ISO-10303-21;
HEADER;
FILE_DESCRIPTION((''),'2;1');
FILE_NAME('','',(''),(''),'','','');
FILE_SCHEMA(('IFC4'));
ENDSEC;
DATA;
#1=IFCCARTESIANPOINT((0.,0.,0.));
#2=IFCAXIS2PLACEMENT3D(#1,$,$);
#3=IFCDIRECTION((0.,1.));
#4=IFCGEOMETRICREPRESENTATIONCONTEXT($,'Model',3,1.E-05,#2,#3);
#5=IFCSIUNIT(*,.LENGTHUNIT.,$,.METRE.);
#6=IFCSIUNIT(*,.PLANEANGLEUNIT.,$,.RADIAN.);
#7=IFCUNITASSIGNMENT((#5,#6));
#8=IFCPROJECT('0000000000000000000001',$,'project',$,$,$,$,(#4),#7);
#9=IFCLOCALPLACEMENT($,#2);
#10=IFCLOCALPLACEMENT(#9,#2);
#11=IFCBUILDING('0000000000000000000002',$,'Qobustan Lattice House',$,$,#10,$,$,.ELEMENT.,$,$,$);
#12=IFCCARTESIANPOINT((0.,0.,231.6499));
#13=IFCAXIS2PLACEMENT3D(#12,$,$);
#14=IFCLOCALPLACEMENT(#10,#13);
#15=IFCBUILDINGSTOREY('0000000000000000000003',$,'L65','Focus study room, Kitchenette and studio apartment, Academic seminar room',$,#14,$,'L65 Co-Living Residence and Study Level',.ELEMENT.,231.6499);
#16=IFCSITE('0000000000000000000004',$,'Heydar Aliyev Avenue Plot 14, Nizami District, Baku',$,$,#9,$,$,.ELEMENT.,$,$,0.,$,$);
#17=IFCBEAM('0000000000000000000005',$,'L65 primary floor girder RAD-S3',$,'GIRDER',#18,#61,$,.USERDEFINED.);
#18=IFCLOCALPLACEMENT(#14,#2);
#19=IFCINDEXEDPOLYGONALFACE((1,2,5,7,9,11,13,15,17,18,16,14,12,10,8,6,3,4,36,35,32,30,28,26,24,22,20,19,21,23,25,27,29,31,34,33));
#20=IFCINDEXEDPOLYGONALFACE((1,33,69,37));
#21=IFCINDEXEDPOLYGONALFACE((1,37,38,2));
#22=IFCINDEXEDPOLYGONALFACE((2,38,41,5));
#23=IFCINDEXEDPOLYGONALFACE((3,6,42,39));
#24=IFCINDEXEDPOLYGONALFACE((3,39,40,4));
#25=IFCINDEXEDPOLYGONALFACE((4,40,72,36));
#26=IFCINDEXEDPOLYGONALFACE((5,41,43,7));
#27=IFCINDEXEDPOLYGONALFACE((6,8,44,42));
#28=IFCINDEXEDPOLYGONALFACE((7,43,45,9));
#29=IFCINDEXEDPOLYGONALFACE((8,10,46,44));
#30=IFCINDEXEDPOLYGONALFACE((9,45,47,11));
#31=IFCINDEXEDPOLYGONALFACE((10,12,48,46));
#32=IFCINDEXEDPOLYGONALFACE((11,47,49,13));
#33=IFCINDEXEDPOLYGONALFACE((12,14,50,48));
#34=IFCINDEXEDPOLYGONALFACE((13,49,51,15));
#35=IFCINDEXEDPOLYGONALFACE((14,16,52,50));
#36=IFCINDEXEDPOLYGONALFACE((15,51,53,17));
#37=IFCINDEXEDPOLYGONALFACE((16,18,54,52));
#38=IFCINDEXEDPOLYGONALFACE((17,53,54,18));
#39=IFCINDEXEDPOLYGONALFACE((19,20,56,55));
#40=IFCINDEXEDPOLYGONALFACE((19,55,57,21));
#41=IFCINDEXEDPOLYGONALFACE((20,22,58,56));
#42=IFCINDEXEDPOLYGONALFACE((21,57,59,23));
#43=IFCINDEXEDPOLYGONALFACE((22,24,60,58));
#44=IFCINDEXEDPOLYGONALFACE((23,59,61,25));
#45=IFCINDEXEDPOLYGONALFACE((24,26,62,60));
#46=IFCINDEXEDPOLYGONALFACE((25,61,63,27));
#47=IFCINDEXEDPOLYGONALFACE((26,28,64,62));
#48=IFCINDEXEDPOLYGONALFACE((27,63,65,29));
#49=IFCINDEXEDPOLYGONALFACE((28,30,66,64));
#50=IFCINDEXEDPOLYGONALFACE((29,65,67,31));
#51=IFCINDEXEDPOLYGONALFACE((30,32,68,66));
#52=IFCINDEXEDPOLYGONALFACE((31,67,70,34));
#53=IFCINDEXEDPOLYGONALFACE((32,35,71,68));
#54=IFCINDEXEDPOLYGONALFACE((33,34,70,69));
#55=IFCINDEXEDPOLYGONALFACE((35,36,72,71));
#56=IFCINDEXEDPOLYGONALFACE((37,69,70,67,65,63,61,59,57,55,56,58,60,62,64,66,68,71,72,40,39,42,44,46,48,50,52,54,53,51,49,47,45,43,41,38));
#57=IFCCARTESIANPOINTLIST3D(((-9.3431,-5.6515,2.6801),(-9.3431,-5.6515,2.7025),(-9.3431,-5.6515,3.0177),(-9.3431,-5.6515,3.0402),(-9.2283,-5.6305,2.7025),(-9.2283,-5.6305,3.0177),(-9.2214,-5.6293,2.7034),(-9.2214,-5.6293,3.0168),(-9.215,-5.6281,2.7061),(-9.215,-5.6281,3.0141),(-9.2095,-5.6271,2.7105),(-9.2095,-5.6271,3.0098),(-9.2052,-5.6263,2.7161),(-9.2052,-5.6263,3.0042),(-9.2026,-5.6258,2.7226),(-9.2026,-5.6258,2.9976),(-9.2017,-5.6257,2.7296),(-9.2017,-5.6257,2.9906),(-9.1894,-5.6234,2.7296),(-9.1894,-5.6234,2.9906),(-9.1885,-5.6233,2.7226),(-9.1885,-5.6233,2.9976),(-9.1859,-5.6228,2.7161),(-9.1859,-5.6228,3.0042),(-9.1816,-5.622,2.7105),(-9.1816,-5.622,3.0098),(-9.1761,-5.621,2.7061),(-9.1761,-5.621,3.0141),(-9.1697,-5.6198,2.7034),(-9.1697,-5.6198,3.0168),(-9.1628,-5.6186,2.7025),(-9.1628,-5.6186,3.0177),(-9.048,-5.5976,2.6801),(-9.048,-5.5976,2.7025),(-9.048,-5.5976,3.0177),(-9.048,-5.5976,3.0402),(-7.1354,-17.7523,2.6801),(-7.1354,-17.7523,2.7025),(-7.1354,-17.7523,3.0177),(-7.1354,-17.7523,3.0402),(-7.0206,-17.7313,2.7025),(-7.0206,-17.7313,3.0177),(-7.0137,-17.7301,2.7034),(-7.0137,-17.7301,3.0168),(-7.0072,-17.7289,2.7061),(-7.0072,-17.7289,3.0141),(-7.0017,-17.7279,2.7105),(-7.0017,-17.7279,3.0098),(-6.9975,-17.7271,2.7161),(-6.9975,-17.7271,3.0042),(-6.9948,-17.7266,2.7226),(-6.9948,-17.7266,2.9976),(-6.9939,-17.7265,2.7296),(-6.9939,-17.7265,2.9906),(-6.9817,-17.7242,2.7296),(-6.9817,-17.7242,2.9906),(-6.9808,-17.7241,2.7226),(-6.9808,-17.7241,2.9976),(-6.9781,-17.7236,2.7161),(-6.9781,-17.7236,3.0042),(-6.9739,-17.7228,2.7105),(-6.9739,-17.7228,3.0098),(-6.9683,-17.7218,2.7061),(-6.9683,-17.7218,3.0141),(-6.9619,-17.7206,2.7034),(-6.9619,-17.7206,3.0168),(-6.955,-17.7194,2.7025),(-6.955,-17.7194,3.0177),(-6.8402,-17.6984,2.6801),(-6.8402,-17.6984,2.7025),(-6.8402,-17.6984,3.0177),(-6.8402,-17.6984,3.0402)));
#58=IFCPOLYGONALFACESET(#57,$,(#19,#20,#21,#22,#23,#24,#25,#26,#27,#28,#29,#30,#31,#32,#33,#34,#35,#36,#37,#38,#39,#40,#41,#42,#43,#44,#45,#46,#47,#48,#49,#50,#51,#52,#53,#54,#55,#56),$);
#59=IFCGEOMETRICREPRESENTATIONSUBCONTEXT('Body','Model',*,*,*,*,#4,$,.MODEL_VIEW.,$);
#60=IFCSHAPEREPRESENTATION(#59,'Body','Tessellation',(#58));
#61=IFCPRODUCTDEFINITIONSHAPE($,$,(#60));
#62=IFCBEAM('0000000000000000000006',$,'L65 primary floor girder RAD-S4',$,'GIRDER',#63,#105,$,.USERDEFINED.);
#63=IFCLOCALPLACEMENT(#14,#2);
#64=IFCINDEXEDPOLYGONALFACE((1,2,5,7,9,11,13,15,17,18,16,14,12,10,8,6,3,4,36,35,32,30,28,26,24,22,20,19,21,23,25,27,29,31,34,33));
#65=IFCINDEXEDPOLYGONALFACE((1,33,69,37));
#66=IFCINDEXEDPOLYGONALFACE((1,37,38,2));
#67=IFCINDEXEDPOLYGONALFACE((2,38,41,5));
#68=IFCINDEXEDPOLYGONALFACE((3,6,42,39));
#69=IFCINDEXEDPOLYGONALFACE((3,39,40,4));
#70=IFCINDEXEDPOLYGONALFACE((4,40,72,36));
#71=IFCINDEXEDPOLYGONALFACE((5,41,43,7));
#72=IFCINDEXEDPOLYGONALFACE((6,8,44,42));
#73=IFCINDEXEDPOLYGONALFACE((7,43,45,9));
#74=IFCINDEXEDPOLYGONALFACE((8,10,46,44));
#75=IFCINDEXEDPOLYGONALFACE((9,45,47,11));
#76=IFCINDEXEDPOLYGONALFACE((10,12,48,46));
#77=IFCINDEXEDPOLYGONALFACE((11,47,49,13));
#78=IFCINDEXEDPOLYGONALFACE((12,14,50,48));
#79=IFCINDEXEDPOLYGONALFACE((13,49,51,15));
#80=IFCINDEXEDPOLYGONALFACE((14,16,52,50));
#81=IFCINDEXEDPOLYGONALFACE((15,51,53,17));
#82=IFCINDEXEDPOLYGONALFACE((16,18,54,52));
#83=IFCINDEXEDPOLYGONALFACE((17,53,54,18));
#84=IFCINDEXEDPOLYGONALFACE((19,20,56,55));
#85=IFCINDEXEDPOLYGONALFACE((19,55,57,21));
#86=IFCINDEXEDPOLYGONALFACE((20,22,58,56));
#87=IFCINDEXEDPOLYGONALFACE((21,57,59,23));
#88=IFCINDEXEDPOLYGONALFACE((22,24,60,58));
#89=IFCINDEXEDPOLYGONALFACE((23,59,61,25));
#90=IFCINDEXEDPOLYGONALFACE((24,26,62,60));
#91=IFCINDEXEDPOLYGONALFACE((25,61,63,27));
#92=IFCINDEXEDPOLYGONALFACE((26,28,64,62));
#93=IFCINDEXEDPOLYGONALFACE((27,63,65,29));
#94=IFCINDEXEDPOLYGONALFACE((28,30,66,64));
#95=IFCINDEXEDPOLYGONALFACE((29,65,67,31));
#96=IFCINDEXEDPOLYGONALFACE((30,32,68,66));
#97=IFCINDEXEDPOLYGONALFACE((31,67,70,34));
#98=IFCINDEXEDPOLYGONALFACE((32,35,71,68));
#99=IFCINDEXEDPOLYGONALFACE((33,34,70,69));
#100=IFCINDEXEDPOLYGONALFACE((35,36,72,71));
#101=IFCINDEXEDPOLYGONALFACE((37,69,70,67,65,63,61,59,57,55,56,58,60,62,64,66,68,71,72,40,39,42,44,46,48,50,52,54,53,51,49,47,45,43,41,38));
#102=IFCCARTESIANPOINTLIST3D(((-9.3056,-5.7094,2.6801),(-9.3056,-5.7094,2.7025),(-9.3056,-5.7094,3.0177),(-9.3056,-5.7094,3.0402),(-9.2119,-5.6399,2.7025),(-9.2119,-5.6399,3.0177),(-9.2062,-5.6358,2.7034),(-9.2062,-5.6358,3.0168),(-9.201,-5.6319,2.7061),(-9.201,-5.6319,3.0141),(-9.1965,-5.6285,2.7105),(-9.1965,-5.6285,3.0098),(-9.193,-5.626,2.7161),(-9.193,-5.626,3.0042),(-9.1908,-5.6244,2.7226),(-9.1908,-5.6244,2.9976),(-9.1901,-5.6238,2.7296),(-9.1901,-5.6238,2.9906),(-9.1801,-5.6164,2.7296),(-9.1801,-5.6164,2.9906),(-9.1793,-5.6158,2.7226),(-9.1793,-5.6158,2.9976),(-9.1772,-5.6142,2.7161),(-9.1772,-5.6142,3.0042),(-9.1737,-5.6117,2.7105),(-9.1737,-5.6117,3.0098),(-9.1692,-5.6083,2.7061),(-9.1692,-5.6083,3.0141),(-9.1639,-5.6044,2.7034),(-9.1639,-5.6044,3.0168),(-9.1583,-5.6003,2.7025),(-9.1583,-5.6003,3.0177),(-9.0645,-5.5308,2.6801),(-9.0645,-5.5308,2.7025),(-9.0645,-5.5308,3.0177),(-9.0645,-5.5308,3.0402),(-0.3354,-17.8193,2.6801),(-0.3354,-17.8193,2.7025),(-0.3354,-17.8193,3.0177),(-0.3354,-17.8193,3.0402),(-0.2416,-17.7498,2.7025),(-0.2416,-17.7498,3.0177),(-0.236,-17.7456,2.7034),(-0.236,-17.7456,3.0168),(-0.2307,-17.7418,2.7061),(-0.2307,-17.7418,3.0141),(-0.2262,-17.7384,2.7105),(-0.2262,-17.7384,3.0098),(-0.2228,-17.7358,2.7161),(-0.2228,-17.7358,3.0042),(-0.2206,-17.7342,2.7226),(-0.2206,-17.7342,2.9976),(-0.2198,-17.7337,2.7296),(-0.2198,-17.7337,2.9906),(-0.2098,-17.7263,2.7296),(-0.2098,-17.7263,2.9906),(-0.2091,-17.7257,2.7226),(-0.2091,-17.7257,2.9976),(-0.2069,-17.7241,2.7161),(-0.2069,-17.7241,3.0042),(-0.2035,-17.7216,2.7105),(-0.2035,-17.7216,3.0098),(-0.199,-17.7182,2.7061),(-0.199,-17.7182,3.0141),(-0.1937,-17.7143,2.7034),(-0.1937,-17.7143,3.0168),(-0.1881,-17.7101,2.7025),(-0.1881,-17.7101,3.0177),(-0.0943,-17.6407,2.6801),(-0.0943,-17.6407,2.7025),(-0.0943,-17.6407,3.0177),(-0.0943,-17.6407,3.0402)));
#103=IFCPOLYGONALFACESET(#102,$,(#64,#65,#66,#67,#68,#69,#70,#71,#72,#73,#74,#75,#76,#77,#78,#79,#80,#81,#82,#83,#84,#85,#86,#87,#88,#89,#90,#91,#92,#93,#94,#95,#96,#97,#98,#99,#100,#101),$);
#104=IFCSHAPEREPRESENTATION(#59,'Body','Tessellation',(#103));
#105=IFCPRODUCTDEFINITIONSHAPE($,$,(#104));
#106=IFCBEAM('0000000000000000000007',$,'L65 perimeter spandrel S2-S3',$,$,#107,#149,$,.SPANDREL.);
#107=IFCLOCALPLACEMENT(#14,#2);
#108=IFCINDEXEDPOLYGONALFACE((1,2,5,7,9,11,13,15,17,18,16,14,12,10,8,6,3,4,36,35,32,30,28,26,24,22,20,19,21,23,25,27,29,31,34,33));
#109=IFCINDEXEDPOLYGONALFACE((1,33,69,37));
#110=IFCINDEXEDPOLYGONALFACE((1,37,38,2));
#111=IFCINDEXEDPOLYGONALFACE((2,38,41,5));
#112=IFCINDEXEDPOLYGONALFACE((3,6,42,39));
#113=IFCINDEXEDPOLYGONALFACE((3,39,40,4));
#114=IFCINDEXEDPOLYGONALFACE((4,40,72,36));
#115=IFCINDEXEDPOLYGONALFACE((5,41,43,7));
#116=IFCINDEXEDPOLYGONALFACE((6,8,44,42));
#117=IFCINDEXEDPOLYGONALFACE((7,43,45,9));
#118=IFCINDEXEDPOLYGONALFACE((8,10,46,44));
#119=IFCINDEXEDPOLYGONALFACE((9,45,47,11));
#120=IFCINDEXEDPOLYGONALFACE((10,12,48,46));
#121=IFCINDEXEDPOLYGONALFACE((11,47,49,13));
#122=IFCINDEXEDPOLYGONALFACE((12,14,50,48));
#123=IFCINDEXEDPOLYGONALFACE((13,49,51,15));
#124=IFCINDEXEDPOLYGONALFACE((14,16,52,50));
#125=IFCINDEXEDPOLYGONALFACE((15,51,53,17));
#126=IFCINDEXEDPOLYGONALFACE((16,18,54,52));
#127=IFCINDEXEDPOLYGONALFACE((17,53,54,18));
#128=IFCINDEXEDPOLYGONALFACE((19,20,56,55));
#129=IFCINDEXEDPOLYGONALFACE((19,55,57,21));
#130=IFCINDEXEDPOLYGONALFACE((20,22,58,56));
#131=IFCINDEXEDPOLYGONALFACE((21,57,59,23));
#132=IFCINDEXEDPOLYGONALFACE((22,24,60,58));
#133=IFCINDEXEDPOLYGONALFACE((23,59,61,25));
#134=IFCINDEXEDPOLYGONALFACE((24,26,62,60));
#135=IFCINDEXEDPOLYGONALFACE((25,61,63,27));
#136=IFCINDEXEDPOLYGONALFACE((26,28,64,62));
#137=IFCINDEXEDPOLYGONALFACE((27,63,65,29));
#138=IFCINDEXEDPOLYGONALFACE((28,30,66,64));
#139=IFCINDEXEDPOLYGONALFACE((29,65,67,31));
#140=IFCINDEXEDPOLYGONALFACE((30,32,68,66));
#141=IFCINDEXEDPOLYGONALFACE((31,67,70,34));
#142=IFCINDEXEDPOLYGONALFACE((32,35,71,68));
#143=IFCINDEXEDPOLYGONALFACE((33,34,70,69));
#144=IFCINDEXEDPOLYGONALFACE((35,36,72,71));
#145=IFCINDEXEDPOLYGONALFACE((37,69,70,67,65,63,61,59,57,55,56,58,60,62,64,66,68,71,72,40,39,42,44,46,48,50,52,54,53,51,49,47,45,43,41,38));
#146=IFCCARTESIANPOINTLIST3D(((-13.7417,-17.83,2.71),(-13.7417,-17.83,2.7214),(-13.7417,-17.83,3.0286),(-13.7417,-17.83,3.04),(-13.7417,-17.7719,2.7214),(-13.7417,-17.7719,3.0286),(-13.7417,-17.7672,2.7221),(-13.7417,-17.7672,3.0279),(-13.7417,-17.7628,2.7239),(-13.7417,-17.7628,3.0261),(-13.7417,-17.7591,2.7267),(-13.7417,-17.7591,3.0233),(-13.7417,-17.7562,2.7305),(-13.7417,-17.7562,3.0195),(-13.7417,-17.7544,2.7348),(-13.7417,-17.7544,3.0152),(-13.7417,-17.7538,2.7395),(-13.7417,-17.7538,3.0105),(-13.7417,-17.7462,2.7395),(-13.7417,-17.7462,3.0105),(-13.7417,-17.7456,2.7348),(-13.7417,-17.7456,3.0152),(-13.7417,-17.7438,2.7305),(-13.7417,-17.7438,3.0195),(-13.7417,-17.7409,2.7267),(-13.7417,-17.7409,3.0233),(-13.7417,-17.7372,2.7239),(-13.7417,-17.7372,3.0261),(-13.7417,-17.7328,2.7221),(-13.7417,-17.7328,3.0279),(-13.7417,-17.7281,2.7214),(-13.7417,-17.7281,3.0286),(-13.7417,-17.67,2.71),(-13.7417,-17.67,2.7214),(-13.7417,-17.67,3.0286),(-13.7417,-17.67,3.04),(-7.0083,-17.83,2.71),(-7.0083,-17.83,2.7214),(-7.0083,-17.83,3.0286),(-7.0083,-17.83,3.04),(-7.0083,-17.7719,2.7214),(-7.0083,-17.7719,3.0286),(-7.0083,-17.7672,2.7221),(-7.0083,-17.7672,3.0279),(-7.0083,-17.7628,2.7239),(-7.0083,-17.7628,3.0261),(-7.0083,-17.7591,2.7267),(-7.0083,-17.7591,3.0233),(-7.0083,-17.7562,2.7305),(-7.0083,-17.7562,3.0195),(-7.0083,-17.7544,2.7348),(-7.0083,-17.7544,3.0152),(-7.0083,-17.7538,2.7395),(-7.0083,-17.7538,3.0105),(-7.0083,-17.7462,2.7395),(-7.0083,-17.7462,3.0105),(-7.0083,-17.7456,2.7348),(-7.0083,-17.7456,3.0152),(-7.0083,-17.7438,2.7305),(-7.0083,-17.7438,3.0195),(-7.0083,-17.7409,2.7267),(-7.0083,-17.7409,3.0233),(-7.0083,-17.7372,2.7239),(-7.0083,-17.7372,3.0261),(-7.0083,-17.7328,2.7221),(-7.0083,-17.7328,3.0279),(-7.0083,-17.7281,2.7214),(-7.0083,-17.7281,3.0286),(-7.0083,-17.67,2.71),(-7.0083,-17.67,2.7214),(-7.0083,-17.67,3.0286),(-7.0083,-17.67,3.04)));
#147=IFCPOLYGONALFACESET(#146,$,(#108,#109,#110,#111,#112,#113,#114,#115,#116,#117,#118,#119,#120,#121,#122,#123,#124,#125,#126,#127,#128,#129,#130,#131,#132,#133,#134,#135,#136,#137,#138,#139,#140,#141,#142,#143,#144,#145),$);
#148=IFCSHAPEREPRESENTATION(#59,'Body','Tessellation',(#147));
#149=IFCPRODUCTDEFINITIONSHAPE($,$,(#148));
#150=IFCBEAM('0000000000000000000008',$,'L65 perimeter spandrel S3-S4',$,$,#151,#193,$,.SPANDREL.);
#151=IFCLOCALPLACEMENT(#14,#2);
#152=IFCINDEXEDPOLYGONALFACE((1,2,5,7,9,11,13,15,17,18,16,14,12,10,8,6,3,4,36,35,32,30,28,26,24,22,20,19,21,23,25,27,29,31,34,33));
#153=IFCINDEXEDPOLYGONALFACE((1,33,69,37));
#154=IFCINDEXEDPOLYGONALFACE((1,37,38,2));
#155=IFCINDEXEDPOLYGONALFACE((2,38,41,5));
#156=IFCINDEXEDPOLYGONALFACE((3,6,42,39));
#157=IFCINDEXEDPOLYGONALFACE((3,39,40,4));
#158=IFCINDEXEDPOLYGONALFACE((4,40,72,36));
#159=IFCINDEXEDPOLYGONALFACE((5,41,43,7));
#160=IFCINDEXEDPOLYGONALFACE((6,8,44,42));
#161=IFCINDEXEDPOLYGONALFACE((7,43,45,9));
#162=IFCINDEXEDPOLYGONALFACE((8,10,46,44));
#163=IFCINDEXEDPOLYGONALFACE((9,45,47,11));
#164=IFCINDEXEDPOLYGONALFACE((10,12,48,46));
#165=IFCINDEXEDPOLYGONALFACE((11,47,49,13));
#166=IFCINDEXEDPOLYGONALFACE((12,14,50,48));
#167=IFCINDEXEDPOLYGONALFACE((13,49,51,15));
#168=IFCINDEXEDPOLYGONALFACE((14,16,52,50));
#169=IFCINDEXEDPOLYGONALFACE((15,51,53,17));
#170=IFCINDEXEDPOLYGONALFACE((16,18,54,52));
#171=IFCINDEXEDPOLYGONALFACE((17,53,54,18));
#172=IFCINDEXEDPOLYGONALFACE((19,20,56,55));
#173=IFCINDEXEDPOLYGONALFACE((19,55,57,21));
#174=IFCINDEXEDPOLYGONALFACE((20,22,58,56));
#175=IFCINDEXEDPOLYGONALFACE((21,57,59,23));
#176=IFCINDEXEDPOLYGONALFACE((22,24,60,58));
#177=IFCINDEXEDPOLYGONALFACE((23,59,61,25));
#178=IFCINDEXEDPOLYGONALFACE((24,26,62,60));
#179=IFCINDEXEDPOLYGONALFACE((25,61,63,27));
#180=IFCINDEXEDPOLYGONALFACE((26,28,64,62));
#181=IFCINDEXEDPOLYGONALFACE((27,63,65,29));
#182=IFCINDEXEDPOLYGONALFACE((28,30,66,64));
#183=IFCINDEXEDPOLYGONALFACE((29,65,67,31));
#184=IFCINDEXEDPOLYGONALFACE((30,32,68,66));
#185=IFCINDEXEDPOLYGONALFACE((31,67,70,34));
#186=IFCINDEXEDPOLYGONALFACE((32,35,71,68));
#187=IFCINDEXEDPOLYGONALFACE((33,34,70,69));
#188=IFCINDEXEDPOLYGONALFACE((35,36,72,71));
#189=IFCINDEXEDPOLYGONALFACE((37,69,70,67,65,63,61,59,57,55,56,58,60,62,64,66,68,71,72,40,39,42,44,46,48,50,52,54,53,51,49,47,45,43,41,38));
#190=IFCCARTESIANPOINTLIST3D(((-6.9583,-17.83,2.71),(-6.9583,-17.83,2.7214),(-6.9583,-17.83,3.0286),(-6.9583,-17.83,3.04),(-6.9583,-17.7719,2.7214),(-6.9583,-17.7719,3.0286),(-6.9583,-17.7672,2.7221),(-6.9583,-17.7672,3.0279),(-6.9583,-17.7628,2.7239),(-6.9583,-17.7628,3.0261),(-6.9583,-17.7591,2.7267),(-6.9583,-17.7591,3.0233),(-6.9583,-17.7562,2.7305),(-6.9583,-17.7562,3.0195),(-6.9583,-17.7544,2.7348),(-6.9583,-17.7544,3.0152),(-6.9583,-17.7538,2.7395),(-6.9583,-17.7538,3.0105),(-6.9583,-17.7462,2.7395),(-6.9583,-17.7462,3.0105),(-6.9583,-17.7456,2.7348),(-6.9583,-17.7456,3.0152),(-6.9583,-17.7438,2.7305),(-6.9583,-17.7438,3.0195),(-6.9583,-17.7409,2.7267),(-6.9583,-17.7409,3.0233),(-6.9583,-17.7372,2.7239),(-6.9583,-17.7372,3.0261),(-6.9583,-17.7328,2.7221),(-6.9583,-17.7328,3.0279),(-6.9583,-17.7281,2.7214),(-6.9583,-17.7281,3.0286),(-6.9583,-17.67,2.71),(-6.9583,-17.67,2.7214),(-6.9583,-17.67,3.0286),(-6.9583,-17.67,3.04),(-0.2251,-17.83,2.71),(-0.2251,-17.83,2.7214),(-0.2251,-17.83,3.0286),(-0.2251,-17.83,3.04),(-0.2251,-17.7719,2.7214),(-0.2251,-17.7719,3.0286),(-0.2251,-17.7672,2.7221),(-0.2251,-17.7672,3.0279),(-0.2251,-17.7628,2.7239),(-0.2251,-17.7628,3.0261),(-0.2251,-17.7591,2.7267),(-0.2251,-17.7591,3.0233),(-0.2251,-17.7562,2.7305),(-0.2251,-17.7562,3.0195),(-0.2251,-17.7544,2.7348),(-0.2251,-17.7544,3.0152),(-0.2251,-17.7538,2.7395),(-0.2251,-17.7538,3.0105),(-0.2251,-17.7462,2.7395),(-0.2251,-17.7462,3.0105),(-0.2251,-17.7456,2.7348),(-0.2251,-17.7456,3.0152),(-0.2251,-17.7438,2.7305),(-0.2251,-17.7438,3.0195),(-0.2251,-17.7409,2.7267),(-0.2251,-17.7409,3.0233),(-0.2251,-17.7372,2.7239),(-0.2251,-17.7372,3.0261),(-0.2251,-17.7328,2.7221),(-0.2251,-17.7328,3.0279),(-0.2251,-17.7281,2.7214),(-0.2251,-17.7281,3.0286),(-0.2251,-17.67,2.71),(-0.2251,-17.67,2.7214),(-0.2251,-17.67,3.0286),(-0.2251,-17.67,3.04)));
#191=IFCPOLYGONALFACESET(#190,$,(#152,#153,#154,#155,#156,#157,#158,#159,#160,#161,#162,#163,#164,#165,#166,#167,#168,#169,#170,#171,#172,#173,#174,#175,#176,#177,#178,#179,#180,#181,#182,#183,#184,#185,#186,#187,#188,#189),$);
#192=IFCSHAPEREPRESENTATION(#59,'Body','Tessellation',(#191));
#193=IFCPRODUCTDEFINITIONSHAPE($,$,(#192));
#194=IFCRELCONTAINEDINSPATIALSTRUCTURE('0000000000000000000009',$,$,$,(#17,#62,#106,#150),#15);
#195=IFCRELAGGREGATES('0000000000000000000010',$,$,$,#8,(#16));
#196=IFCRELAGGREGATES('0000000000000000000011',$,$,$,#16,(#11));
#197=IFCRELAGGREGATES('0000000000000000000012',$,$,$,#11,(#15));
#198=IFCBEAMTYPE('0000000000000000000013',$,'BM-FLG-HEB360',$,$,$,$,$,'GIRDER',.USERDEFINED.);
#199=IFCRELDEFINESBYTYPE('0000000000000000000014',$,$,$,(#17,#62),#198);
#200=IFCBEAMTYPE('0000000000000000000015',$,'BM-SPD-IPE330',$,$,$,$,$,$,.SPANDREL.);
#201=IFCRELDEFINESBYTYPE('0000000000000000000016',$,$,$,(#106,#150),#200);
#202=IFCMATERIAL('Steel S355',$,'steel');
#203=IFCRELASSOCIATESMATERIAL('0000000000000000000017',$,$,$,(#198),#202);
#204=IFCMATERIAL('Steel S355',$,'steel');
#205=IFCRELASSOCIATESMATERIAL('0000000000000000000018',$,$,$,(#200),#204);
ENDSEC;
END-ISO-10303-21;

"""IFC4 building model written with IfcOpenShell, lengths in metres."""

from ifc_helpers import new_model, si_unit, direction, frame, origin, origin_2d, place, context, subcontext, project, spatial, i_section, extrude, material, material_profile, profile_set, type_object, element, save


model = new_model("IFC4")

# Units and contexts
model_context = context("Model", 3, precision=1e-05, world=origin(), true_north=direction((0.0, 1.0)))
body_context = subcontext(model_context, "Body", "Model", "MODEL_VIEW")
ifc_project = project(units=[si_unit("LENGTHUNIT", "METRE"), si_unit("PLANEANGLEUNIT", "RADIAN")], contexts=[model_context])

# Site, building, storey
site_placement = place(None, origin())
site = spatial("IfcSite", under=ifc_project, at=site_placement, Name="Heydar Aliyev Avenue Plot 14, Nizami District, Baku", CompositionType="ELEMENT", RefElevation=0.0)
building_placement = place(site_placement, origin())
building = spatial("IfcBuilding", under=site, at=building_placement, Name="Qobustan Lattice House", CompositionType="ELEMENT")
storey_placement = place(building_placement, frame((0.0, 0.0, 231.6499)))
storey = spatial("IfcBuildingStorey", under=building, at=storey_placement, Name="L65", Description="Focus study room, Kitchenette and studio apartment, Academic seminar room", LongName="L65 Co-Living Residence and Study Level", CompositionType="ELEMENT", Elevation=231.6499)

# Beams
ifc_material_1 = material(Name="Steel S355", Category="steel")
ifc_material_profile_1 = material_profile(ifc_material_1, i_section(OverallWidth=0.3, OverallDepth=0.3601, WebThickness=0.0125, FlangeThickness=0.0225, FilletRadius=0.0271, at=origin_2d()), Name="HEB360")
ifc_profile_set_1 = profile_set([ifc_material_profile_1], Name="Steel S355")
beam_type_1 = type_object("IfcBeamType", Name="BM-FLG-HEB360", ElementType="GIRDER", PredefinedType="USERDEFINED", material=ifc_profile_set_1)
beam_1_placement = place(storey_placement, frame((-6.9878, -17.7253, 2.8601), z_axis=(-0.179484, 0.983761, 0.0), x_axis=(-0.983761, -0.179484, 0.0)))
element("IfcBeam", 1, at=beam_1_placement, inside=storey, type_object=beam_type_1, Name="L65 primary floor girder RAD-S3", ObjectType="GIRDER", PredefinedType="USERDEFINED", context=body_context, shape_type="SweptSolid", body=[
    extrude(i_section(OverallWidth=0.3, OverallDepth=0.3601, WebThickness=0.0125, FlangeThickness=0.0225, FilletRadius=0.0271, at=origin_2d()), origin(), (0.0, 0.0, 1.0), 12.3005),
])
beam_2_placement = place(storey_placement, frame((-0.2148, -17.73, 2.8601), z_axis=(-0.595225, 0.803559, 0.0), x_axis=(-0.803559, -0.595225, 0.0)))
element("IfcBeam", 2, at=beam_2_placement, inside=storey, type_object=beam_type_1, Name="L65 primary floor girder RAD-S4", ObjectType="GIRDER", PredefinedType="USERDEFINED", context=body_context, shape_type="SweptSolid", body=[
    extrude(i_section(OverallWidth=0.3, OverallDepth=0.3601, WebThickness=0.0125, FlangeThickness=0.0225, FilletRadius=0.0271, at=origin_2d()), origin(), (0.0, 0.0, 1.0), 15.0703),
])
ifc_material_2 = material(Name="Steel S355", Category="steel")
ifc_material_profile_2 = material_profile(ifc_material_2, i_section(OverallWidth=0.1599, OverallDepth=0.3301, WebThickness=0.0076, FlangeThickness=0.0115, FilletRadius=0.0181, at=origin_2d()), Name="IPE330")
ifc_profile_set_2 = profile_set([ifc_material_profile_2], Name="Steel S355")
beam_type_2 = type_object("IfcBeamType", Name="BM-SPD-IPE330", PredefinedType="SPANDREL", material=ifc_profile_set_2)
beam_3_placement = place(storey_placement, frame((-13.7417, -17.75, 2.875), z_axis=(1.0, 0.0, 0.0), x_axis=(0.0, 1.0, 0.0)))
element("IfcBeam", 3, at=beam_3_placement, inside=storey, type_object=beam_type_2, Name="L65 perimeter spandrel S2-S3", PredefinedType="SPANDREL", context=body_context, shape_type="SweptSolid", body=[
    extrude(i_section(OverallWidth=0.1599, OverallDepth=0.3301, WebThickness=0.0076, FlangeThickness=0.0115, FilletRadius=0.0181, at=origin_2d()), origin(), (0.0, 0.0, 1.0), 6.7334),
])
beam_4_placement = place(storey_placement, frame((-6.9583, -17.75, 2.875), z_axis=(1.0, 0.0, 0.0), x_axis=(0.0, 1.0, 0.0)))
element("IfcBeam", 4, at=beam_4_placement, inside=storey, type_object=beam_type_2, Name="L65 perimeter spandrel S3-S4", PredefinedType="SPANDREL", context=body_context, shape_type="SweptSolid", body=[
    extrude(i_section(OverallWidth=0.1599, OverallDepth=0.3301, WebThickness=0.0076, FlangeThickness=0.0115, FilletRadius=0.0181, at=origin_2d()), origin(), (0.0, 0.0, 1.0), 6.7332),
])

save(model, "model.ifc")
